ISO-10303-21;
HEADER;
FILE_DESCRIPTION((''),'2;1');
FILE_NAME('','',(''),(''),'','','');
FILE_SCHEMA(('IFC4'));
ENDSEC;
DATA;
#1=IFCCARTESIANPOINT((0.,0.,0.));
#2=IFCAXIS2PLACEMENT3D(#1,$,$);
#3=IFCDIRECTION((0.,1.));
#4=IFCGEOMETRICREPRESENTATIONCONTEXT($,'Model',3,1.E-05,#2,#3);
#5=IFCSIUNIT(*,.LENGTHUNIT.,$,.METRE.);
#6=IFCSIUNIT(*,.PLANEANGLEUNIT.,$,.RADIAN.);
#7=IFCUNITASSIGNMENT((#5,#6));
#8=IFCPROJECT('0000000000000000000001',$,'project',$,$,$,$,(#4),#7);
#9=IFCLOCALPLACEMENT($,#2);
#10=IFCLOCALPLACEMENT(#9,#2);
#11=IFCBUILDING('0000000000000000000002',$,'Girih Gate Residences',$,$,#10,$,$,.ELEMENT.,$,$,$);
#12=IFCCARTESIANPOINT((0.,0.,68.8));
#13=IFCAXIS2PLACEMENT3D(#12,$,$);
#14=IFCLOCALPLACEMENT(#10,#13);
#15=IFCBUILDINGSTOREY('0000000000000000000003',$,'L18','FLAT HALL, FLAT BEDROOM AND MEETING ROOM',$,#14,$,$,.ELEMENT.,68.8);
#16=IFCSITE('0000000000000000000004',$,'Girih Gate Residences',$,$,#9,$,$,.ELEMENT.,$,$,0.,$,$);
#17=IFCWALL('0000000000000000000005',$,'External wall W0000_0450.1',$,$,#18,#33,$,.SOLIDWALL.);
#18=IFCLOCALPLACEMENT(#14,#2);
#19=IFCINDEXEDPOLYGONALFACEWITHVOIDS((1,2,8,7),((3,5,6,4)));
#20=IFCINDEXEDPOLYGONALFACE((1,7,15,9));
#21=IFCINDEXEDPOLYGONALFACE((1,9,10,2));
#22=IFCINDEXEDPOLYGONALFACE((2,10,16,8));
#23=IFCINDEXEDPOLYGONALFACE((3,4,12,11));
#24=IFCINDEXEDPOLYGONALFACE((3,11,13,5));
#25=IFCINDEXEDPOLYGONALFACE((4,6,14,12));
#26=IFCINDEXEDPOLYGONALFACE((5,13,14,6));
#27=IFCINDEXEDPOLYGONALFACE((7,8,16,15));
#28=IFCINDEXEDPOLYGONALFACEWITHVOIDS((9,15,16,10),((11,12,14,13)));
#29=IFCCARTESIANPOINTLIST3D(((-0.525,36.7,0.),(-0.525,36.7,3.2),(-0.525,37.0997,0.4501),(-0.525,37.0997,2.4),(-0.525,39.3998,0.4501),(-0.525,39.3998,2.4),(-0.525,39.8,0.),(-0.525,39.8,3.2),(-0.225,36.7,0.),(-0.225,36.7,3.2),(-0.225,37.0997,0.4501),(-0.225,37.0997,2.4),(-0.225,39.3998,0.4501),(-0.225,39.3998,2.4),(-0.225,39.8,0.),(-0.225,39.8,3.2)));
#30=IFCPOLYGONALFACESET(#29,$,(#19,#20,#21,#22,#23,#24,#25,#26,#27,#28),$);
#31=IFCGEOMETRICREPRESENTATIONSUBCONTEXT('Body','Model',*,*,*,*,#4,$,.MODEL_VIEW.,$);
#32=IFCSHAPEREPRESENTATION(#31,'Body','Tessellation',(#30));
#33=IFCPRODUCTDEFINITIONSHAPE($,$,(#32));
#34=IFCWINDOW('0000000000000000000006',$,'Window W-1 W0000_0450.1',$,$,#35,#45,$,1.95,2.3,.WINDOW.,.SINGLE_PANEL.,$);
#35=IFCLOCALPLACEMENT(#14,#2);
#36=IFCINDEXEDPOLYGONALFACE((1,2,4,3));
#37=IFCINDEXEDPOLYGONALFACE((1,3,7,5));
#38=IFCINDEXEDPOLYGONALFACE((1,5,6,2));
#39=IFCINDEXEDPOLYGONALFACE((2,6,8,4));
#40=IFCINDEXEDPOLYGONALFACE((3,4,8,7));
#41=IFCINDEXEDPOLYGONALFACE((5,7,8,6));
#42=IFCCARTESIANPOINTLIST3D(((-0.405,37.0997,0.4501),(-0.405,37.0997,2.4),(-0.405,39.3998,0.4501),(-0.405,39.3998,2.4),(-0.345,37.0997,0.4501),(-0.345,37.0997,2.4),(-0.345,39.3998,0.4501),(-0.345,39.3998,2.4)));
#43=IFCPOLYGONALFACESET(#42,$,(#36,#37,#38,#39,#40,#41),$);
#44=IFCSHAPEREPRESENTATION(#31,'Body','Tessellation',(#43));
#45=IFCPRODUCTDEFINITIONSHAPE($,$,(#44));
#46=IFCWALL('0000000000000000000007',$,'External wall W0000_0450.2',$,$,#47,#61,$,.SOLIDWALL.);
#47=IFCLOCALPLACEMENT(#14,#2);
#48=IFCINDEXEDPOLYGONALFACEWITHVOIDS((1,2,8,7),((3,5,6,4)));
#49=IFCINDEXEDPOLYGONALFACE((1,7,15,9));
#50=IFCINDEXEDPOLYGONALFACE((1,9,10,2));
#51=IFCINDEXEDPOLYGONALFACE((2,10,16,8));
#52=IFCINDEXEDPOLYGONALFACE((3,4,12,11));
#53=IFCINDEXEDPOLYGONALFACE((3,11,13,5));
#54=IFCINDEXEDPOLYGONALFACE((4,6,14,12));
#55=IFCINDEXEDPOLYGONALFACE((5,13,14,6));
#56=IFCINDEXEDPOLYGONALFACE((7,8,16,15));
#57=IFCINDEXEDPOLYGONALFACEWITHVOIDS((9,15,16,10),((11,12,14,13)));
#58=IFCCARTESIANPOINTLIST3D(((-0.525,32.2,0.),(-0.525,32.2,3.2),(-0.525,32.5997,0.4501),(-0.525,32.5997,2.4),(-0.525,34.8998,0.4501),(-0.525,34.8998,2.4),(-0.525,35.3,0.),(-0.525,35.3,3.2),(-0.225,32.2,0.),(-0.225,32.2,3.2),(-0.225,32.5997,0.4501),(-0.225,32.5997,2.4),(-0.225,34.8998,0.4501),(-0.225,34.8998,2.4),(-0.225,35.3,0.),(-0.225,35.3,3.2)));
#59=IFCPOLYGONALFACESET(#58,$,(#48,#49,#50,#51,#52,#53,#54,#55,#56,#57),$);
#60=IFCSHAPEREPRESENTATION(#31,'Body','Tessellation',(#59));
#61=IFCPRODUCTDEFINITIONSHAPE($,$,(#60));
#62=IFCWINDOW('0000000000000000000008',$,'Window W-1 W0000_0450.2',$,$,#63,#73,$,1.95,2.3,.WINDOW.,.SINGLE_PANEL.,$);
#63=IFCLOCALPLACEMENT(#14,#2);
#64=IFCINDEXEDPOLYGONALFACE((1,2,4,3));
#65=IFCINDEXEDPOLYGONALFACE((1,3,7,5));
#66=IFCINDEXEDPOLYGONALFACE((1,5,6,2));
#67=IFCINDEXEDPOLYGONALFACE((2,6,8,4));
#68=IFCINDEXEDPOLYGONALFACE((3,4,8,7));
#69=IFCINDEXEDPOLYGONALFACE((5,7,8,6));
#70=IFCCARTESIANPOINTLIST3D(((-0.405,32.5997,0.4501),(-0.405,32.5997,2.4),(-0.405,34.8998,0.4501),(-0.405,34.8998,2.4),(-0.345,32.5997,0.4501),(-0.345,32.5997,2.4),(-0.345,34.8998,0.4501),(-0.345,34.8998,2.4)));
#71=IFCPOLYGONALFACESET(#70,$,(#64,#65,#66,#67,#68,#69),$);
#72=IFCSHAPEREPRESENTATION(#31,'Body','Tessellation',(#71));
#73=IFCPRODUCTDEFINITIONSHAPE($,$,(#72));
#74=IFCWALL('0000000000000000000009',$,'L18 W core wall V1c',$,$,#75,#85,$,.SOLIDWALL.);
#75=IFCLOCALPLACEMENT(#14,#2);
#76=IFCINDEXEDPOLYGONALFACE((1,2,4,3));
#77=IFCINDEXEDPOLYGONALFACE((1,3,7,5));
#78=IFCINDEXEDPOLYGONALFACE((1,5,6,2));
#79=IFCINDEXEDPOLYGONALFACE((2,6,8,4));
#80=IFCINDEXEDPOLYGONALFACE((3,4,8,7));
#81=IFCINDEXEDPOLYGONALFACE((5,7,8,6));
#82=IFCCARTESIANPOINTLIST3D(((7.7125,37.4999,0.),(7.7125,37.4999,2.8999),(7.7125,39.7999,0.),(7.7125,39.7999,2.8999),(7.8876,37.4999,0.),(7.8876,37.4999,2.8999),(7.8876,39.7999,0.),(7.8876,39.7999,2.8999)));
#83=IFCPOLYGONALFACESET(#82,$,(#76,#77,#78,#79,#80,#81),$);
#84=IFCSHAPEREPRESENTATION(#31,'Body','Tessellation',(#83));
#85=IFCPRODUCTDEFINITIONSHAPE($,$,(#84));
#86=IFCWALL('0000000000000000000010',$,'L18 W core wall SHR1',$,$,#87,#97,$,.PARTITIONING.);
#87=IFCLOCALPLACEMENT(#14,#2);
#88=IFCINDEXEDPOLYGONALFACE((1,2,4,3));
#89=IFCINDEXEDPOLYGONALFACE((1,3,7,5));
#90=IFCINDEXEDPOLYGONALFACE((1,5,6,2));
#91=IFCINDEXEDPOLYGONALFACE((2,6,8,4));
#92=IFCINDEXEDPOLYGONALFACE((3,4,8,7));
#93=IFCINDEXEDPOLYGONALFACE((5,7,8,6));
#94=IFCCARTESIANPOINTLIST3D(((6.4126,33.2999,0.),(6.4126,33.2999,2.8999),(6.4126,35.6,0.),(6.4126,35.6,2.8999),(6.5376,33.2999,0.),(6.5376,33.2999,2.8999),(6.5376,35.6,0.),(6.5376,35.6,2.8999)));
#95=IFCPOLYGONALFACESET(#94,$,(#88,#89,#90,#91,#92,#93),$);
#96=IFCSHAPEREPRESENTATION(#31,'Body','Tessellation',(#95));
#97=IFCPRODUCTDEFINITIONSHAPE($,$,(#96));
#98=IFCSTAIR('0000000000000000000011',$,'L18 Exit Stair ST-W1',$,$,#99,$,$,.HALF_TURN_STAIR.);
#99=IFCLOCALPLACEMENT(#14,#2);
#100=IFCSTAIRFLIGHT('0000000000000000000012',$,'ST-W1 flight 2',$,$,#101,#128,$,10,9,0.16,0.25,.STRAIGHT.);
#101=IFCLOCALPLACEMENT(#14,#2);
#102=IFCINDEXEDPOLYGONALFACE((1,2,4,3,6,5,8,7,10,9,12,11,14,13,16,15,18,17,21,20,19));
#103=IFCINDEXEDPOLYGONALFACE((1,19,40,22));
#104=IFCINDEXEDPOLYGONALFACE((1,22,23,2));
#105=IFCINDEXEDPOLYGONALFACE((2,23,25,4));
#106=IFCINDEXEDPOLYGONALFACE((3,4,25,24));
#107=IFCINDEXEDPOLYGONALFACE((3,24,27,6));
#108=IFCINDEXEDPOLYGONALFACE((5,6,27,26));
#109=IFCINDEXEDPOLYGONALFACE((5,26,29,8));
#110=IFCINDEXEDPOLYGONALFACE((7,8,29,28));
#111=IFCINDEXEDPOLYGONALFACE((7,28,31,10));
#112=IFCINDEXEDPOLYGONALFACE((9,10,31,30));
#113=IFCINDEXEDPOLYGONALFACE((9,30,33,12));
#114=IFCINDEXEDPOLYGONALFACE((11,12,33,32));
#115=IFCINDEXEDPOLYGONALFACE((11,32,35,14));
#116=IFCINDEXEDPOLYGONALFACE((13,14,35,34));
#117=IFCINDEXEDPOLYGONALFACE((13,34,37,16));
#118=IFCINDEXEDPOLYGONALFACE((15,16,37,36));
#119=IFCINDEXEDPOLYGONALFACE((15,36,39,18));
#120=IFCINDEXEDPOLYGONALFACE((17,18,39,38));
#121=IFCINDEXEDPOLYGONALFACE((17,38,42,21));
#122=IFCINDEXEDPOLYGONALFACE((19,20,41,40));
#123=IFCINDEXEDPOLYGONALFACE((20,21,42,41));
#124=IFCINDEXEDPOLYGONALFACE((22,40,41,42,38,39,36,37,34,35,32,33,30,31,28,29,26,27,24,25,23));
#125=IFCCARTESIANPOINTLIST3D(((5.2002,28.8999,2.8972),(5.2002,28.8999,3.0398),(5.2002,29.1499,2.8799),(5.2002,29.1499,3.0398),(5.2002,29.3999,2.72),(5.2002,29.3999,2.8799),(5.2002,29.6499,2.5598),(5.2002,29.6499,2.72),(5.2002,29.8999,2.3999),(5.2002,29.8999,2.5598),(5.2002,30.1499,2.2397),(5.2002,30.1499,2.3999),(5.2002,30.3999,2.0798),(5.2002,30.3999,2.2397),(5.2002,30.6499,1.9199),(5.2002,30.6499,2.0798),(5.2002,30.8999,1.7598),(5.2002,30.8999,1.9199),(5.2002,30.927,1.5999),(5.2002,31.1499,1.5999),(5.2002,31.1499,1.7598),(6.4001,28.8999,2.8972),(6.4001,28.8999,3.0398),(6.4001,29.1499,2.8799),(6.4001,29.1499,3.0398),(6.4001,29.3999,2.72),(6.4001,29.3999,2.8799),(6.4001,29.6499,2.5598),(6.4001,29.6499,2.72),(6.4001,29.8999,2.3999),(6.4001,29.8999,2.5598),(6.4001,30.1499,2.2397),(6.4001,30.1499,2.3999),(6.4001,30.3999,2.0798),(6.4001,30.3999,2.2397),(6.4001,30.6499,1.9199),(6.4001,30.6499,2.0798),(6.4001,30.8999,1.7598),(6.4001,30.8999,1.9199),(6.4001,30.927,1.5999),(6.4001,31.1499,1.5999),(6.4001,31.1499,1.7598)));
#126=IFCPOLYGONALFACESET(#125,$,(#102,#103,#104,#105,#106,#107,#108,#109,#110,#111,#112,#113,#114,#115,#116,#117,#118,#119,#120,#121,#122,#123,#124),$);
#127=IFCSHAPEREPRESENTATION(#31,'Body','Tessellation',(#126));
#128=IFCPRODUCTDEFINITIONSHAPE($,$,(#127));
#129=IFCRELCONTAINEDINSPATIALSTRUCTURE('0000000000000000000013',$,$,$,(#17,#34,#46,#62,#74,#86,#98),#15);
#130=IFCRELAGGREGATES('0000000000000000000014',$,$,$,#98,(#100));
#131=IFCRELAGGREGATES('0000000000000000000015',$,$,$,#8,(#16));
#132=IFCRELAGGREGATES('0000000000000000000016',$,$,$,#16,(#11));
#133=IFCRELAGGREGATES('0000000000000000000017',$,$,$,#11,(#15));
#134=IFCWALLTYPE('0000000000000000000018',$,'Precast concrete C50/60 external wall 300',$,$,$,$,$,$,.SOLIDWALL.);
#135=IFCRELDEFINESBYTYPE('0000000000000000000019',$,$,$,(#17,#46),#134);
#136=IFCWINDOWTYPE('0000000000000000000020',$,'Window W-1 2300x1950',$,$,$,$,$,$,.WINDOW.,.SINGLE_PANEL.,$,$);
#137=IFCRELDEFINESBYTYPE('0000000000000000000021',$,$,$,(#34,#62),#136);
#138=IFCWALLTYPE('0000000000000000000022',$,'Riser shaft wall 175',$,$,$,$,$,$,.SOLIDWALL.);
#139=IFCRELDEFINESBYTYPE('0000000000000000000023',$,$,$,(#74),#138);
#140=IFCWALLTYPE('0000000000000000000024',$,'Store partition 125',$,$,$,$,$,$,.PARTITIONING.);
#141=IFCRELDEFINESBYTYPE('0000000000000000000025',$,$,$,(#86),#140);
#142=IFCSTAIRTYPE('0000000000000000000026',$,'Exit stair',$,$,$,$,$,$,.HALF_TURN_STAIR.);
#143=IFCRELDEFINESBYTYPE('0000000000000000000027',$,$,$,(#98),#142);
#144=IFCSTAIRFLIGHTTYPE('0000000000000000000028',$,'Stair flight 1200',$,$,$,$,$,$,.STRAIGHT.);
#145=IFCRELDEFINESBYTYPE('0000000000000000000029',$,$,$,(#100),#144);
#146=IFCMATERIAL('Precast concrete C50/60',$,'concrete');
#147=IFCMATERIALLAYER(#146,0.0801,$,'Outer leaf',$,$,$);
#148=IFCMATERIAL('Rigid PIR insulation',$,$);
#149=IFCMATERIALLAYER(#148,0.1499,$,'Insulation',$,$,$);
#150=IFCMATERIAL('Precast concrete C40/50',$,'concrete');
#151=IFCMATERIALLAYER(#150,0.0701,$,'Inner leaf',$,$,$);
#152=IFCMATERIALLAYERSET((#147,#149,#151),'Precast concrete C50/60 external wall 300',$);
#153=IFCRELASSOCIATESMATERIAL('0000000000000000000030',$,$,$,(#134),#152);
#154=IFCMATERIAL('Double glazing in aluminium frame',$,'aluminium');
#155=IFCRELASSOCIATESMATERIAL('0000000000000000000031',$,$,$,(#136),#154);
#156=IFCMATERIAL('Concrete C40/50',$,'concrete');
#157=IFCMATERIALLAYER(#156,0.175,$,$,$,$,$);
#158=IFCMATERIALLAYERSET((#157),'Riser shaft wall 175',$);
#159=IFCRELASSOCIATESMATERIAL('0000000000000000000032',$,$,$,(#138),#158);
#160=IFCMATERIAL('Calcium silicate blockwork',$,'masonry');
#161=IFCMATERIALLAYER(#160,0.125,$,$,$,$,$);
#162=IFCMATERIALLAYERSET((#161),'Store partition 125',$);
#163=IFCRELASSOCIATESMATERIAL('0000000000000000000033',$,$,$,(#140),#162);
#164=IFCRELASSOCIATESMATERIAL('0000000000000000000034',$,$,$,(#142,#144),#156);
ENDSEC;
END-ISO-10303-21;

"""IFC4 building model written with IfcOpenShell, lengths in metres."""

from ifc_helpers import new_model, si_unit, direction, frame, frame_2d, origin, place, context, subcontext, project, spatial, polyline, rectangle, outline, extrude, material, layer, layer_set, type_object, element, fill, aggregate, save


model = new_model("IFC4")

# Units and contexts
model_context = context("Model", 3, precision=1e-05, world=origin(), true_north=direction((0.0, 1.0)))
body_context = subcontext(model_context, "Body", "Model", "MODEL_VIEW")
ifc_project = project(units=[si_unit("LENGTHUNIT", "METRE"), si_unit("PLANEANGLEUNIT", "RADIAN")], contexts=[model_context])

# Site, building, storey
site_placement = place(None, origin())
site = spatial("IfcSite", under=ifc_project, at=site_placement, Name="Girih Gate Residences", CompositionType="ELEMENT", RefElevation=0.0)
building_placement = place(site_placement, origin())
building = spatial("IfcBuilding", under=site, at=building_placement, Name="Girih Gate Residences", CompositionType="ELEMENT")
storey_placement = place(building_placement, frame((0.0, 0.0, 68.8)))
storey = spatial("IfcBuildingStorey", under=building, at=storey_placement, Name="L18", Description="FLAT HALL, FLAT BEDROOM AND MEETING ROOM", CompositionType="ELEMENT", Elevation=68.8)

# Shared definitions
ifc_material_1 = material(Name="Concrete C40/50", Category="concrete")

# Walls, openings, windows
ifc_material_2 = material(Name="Precast concrete C50/60", Category="concrete")
ifc_layer_1 = layer(ifc_material_2, 0.0801, Name="Outer leaf")
ifc_material_3 = material(Name="Rigid PIR insulation")
ifc_layer_2 = layer(ifc_material_3, 0.1499, Name="Insulation")
ifc_material_4 = material(Name="Precast concrete C40/50", Category="concrete")
ifc_layer_3 = layer(ifc_material_4, 0.0701, Name="Inner leaf")
ifc_layer_set_1 = layer_set([ifc_layer_1, ifc_layer_2, ifc_layer_3], Name="Precast concrete C50/60 external wall 300")
wall_type_1 = type_object("IfcWallType", Name="Precast concrete C50/60 external wall 300", PredefinedType="SOLIDWALL", material=ifc_layer_set_1)
wall_1_placement = place(storey_placement, frame((-0.375, 36.7, 0.0), z_axis=(0.0, 0.0, 1.0), x_axis=(0.0, 1.0, 0.0)))
wall_1 = element("IfcWall", 1, at=wall_1_placement, inside=storey, type_object=wall_type_1, Name="External wall W0000_0450.1", PredefinedType="SOLIDWALL", context=body_context, shape_type="SweptSolid", body=[
    extrude(rectangle(XDim=3.1001, YDim=0.3, at=frame_2d((1.55, 0.0))), origin(), (0.0, 0.0, 1.0), 3.2),
])
opening_1_placement = place(wall_1_placement, frame((0.3999, 0.0, 0.45)))
opening_1 = element("IfcOpeningElement", 2, at=opening_1_placement, cuts=wall_1, PredefinedType="OPENING", context=body_context, shape_type="SweptSolid", body=[
    extrude(rectangle(XDim=2.3, YDim=1.95, at=frame_2d((1.1499, 0.9751))), frame((0.0, 0.1599, 0.0), z_axis=(0.0, -1.0, 0.0), x_axis=(1.0, 0.0, 0.0)), (0.0, 0.0, 1.0), 0.3201),
])
ifc_material_5 = material(Name="Double glazing in aluminium frame", Category="aluminium")
window_type = type_object("IfcWindowType", Name="Window W-1 2300x1950", PartitioningType="SINGLE_PANEL", PredefinedType="WINDOW", material=ifc_material_5)
window_1_placement = place(opening_1_placement, origin())
window_1 = element("IfcWindow", 3, at=window_1_placement, inside=storey, type_object=window_type, Name="Window W-1 W0000_0450.1", OverallHeight=1.95, OverallWidth=2.3, PartitioningType="SINGLE_PANEL", PredefinedType="WINDOW", context=body_context, shape_type="SweptSolid", body=[
    extrude(rectangle(XDim=2.3, YDim=1.95, at=frame_2d((1.1499, 0.9751))), frame((0.0, 0.03, 0.0), z_axis=(0.0, -1.0, 0.0), x_axis=(1.0, 0.0, 0.0)), (0.0, 0.0, 1.0), 0.0601),
])
fill(opening_1, window_1)
wall_2_placement = place(storey_placement, frame((-0.375, 32.2, 0.0), z_axis=(0.0, 0.0, 1.0), x_axis=(0.0, 1.0, 0.0)))
wall_2 = element("IfcWall", 4, at=wall_2_placement, inside=storey, type_object=wall_type_1, Name="External wall W0000_0450.2", PredefinedType="SOLIDWALL", context=body_context, shape_type="SweptSolid", body=[
    extrude(rectangle(XDim=3.1001, YDim=0.3, at=frame_2d((1.55, 0.0))), origin(), (0.0, 0.0, 1.0), 3.2),
])
opening_2_placement = place(wall_2_placement, frame((0.3999, 0.0, 0.45)))
opening_2 = element("IfcOpeningElement", 5, at=opening_2_placement, cuts=wall_2, PredefinedType="OPENING", context=body_context, shape_type="SweptSolid", body=[
    extrude(rectangle(XDim=2.3, YDim=1.95, at=frame_2d((1.1499, 0.9751))), frame((0.0, 0.1599, 0.0), z_axis=(0.0, -1.0, 0.0), x_axis=(1.0, 0.0, 0.0)), (0.0, 0.0, 1.0), 0.3201),
])
window_2_placement = place(opening_2_placement, origin())
window_2 = element("IfcWindow", 6, at=window_2_placement, inside=storey, type_object=window_type, Name="Window W-1 W0000_0450.2", OverallHeight=1.95, OverallWidth=2.3, PartitioningType="SINGLE_PANEL", PredefinedType="WINDOW", context=body_context, shape_type="SweptSolid", body=[
    extrude(rectangle(XDim=2.3, YDim=1.95, at=frame_2d((1.1499, 0.9751))), frame((0.0, 0.03, 0.0), z_axis=(0.0, -1.0, 0.0), x_axis=(1.0, 0.0, 0.0)), (0.0, 0.0, 1.0), 0.0601),
])
fill(opening_2, window_2)

# Walls
ifc_layer_4 = layer(ifc_material_1, 0.175)
ifc_layer_set_2 = layer_set([ifc_layer_4], Name="Riser shaft wall 175")
wall_type_2 = type_object("IfcWallType", Name="Riser shaft wall 175", PredefinedType="SOLIDWALL", material=ifc_layer_set_2)
wall_3_placement = place(storey_placement, frame((7.8, 37.5, 0.0), z_axis=(0.0, 0.0, 1.0), x_axis=(0.0, 1.0, 0.0)))
element("IfcWall", 7, at=wall_3_placement, inside=storey, type_object=wall_type_2, Name="L18 W core wall V1c", PredefinedType="SOLIDWALL", context=body_context, shape_type="SweptSolid", body=[
    extrude(rectangle(XDim=2.3, YDim=0.175, at=frame_2d((1.1499, 0.0))), origin(), (0.0, 0.0, 1.0), 2.8999),
])
ifc_material_6 = material(Name="Calcium silicate blockwork", Category="masonry")
ifc_layer_5 = layer(ifc_material_6, 0.125)
ifc_layer_set_3 = layer_set([ifc_layer_5], Name="Store partition 125")
wall_type_3 = type_object("IfcWallType", Name="Store partition 125", PredefinedType="PARTITIONING", material=ifc_layer_set_3)
wall_4_placement = place(storey_placement, frame((6.4751, 33.3, 0.0), z_axis=(0.0, 0.0, 1.0), x_axis=(0.0, 1.0, 0.0)))
element("IfcWall", 8, at=wall_4_placement, inside=storey, type_object=wall_type_3, Name="L18 W core wall SHR1", PredefinedType="PARTITIONING", context=body_context, shape_type="SweptSolid", body=[
    extrude(rectangle(XDim=2.3, YDim=0.125, at=frame_2d((1.1499, 0.0))), origin(), (0.0, 0.0, 1.0), 2.8999),
])

# Stair, stair flight
stair_type = type_object("IfcStairType", Name="Exit stair", PredefinedType="HALF_TURN_STAIR", material=ifc_material_1)
stair_placement = place(storey_placement, origin())
stair = element("IfcStair", 9, at=stair_placement, inside=storey, type_object=stair_type, Name="L18 Exit Stair ST-W1", PredefinedType="HALF_TURN_STAIR")
stair_flight_type = type_object("IfcStairFlightType", Name="Stair flight 1200", PredefinedType="STRAIGHT", material=ifc_material_1)
stair_flight_placement = place(storey_placement, frame((5.8, 31.1499, 1.5999), z_axis=(0.0, 0.0, 1.0), x_axis=(0.0, -1.0, 0.0)))
stair_flight = element("IfcStairFlight", 10, at=stair_flight_placement, type_object=stair_flight_type, Name="ST-W1 flight 2", NumberOfRisers=10, NumberOfTreads=9, PredefinedType="STRAIGHT", RiserHeight=0.16, TreadLength=0.25, context=body_context, shape_type="SweptSolid", body=[
    extrude(outline(polyline([(0.0, 0.0), (0.0, 0.1599), (0.25, 0.1599), (0.25, 0.3201), (0.5, 0.3201), (0.5, 0.48), (0.75, 0.48), (0.75, 0.6399), (1.0, 0.6399), (1.0, 0.8), (1.25, 0.8), (1.25, 0.96), (1.5, 0.96), (1.5, 1.1201), (1.75, 1.1201), (1.75, 1.28), (2.0, 1.28), (2.0, 1.4399), (2.25, 1.4399), (2.25, 1.6001), (2.25, 1.2974), (0.2229, 0.0), (0.0, 0.0)])), frame((0.0, 0.6001, 0.0), z_axis=(0.0, -1.0, 0.0), x_axis=(1.0, 0.0, 0.0)), (0.0, 0.0, 1.0), 1.2),
])
aggregate(stair, [stair_flight])

save(model, "model.ifc")
